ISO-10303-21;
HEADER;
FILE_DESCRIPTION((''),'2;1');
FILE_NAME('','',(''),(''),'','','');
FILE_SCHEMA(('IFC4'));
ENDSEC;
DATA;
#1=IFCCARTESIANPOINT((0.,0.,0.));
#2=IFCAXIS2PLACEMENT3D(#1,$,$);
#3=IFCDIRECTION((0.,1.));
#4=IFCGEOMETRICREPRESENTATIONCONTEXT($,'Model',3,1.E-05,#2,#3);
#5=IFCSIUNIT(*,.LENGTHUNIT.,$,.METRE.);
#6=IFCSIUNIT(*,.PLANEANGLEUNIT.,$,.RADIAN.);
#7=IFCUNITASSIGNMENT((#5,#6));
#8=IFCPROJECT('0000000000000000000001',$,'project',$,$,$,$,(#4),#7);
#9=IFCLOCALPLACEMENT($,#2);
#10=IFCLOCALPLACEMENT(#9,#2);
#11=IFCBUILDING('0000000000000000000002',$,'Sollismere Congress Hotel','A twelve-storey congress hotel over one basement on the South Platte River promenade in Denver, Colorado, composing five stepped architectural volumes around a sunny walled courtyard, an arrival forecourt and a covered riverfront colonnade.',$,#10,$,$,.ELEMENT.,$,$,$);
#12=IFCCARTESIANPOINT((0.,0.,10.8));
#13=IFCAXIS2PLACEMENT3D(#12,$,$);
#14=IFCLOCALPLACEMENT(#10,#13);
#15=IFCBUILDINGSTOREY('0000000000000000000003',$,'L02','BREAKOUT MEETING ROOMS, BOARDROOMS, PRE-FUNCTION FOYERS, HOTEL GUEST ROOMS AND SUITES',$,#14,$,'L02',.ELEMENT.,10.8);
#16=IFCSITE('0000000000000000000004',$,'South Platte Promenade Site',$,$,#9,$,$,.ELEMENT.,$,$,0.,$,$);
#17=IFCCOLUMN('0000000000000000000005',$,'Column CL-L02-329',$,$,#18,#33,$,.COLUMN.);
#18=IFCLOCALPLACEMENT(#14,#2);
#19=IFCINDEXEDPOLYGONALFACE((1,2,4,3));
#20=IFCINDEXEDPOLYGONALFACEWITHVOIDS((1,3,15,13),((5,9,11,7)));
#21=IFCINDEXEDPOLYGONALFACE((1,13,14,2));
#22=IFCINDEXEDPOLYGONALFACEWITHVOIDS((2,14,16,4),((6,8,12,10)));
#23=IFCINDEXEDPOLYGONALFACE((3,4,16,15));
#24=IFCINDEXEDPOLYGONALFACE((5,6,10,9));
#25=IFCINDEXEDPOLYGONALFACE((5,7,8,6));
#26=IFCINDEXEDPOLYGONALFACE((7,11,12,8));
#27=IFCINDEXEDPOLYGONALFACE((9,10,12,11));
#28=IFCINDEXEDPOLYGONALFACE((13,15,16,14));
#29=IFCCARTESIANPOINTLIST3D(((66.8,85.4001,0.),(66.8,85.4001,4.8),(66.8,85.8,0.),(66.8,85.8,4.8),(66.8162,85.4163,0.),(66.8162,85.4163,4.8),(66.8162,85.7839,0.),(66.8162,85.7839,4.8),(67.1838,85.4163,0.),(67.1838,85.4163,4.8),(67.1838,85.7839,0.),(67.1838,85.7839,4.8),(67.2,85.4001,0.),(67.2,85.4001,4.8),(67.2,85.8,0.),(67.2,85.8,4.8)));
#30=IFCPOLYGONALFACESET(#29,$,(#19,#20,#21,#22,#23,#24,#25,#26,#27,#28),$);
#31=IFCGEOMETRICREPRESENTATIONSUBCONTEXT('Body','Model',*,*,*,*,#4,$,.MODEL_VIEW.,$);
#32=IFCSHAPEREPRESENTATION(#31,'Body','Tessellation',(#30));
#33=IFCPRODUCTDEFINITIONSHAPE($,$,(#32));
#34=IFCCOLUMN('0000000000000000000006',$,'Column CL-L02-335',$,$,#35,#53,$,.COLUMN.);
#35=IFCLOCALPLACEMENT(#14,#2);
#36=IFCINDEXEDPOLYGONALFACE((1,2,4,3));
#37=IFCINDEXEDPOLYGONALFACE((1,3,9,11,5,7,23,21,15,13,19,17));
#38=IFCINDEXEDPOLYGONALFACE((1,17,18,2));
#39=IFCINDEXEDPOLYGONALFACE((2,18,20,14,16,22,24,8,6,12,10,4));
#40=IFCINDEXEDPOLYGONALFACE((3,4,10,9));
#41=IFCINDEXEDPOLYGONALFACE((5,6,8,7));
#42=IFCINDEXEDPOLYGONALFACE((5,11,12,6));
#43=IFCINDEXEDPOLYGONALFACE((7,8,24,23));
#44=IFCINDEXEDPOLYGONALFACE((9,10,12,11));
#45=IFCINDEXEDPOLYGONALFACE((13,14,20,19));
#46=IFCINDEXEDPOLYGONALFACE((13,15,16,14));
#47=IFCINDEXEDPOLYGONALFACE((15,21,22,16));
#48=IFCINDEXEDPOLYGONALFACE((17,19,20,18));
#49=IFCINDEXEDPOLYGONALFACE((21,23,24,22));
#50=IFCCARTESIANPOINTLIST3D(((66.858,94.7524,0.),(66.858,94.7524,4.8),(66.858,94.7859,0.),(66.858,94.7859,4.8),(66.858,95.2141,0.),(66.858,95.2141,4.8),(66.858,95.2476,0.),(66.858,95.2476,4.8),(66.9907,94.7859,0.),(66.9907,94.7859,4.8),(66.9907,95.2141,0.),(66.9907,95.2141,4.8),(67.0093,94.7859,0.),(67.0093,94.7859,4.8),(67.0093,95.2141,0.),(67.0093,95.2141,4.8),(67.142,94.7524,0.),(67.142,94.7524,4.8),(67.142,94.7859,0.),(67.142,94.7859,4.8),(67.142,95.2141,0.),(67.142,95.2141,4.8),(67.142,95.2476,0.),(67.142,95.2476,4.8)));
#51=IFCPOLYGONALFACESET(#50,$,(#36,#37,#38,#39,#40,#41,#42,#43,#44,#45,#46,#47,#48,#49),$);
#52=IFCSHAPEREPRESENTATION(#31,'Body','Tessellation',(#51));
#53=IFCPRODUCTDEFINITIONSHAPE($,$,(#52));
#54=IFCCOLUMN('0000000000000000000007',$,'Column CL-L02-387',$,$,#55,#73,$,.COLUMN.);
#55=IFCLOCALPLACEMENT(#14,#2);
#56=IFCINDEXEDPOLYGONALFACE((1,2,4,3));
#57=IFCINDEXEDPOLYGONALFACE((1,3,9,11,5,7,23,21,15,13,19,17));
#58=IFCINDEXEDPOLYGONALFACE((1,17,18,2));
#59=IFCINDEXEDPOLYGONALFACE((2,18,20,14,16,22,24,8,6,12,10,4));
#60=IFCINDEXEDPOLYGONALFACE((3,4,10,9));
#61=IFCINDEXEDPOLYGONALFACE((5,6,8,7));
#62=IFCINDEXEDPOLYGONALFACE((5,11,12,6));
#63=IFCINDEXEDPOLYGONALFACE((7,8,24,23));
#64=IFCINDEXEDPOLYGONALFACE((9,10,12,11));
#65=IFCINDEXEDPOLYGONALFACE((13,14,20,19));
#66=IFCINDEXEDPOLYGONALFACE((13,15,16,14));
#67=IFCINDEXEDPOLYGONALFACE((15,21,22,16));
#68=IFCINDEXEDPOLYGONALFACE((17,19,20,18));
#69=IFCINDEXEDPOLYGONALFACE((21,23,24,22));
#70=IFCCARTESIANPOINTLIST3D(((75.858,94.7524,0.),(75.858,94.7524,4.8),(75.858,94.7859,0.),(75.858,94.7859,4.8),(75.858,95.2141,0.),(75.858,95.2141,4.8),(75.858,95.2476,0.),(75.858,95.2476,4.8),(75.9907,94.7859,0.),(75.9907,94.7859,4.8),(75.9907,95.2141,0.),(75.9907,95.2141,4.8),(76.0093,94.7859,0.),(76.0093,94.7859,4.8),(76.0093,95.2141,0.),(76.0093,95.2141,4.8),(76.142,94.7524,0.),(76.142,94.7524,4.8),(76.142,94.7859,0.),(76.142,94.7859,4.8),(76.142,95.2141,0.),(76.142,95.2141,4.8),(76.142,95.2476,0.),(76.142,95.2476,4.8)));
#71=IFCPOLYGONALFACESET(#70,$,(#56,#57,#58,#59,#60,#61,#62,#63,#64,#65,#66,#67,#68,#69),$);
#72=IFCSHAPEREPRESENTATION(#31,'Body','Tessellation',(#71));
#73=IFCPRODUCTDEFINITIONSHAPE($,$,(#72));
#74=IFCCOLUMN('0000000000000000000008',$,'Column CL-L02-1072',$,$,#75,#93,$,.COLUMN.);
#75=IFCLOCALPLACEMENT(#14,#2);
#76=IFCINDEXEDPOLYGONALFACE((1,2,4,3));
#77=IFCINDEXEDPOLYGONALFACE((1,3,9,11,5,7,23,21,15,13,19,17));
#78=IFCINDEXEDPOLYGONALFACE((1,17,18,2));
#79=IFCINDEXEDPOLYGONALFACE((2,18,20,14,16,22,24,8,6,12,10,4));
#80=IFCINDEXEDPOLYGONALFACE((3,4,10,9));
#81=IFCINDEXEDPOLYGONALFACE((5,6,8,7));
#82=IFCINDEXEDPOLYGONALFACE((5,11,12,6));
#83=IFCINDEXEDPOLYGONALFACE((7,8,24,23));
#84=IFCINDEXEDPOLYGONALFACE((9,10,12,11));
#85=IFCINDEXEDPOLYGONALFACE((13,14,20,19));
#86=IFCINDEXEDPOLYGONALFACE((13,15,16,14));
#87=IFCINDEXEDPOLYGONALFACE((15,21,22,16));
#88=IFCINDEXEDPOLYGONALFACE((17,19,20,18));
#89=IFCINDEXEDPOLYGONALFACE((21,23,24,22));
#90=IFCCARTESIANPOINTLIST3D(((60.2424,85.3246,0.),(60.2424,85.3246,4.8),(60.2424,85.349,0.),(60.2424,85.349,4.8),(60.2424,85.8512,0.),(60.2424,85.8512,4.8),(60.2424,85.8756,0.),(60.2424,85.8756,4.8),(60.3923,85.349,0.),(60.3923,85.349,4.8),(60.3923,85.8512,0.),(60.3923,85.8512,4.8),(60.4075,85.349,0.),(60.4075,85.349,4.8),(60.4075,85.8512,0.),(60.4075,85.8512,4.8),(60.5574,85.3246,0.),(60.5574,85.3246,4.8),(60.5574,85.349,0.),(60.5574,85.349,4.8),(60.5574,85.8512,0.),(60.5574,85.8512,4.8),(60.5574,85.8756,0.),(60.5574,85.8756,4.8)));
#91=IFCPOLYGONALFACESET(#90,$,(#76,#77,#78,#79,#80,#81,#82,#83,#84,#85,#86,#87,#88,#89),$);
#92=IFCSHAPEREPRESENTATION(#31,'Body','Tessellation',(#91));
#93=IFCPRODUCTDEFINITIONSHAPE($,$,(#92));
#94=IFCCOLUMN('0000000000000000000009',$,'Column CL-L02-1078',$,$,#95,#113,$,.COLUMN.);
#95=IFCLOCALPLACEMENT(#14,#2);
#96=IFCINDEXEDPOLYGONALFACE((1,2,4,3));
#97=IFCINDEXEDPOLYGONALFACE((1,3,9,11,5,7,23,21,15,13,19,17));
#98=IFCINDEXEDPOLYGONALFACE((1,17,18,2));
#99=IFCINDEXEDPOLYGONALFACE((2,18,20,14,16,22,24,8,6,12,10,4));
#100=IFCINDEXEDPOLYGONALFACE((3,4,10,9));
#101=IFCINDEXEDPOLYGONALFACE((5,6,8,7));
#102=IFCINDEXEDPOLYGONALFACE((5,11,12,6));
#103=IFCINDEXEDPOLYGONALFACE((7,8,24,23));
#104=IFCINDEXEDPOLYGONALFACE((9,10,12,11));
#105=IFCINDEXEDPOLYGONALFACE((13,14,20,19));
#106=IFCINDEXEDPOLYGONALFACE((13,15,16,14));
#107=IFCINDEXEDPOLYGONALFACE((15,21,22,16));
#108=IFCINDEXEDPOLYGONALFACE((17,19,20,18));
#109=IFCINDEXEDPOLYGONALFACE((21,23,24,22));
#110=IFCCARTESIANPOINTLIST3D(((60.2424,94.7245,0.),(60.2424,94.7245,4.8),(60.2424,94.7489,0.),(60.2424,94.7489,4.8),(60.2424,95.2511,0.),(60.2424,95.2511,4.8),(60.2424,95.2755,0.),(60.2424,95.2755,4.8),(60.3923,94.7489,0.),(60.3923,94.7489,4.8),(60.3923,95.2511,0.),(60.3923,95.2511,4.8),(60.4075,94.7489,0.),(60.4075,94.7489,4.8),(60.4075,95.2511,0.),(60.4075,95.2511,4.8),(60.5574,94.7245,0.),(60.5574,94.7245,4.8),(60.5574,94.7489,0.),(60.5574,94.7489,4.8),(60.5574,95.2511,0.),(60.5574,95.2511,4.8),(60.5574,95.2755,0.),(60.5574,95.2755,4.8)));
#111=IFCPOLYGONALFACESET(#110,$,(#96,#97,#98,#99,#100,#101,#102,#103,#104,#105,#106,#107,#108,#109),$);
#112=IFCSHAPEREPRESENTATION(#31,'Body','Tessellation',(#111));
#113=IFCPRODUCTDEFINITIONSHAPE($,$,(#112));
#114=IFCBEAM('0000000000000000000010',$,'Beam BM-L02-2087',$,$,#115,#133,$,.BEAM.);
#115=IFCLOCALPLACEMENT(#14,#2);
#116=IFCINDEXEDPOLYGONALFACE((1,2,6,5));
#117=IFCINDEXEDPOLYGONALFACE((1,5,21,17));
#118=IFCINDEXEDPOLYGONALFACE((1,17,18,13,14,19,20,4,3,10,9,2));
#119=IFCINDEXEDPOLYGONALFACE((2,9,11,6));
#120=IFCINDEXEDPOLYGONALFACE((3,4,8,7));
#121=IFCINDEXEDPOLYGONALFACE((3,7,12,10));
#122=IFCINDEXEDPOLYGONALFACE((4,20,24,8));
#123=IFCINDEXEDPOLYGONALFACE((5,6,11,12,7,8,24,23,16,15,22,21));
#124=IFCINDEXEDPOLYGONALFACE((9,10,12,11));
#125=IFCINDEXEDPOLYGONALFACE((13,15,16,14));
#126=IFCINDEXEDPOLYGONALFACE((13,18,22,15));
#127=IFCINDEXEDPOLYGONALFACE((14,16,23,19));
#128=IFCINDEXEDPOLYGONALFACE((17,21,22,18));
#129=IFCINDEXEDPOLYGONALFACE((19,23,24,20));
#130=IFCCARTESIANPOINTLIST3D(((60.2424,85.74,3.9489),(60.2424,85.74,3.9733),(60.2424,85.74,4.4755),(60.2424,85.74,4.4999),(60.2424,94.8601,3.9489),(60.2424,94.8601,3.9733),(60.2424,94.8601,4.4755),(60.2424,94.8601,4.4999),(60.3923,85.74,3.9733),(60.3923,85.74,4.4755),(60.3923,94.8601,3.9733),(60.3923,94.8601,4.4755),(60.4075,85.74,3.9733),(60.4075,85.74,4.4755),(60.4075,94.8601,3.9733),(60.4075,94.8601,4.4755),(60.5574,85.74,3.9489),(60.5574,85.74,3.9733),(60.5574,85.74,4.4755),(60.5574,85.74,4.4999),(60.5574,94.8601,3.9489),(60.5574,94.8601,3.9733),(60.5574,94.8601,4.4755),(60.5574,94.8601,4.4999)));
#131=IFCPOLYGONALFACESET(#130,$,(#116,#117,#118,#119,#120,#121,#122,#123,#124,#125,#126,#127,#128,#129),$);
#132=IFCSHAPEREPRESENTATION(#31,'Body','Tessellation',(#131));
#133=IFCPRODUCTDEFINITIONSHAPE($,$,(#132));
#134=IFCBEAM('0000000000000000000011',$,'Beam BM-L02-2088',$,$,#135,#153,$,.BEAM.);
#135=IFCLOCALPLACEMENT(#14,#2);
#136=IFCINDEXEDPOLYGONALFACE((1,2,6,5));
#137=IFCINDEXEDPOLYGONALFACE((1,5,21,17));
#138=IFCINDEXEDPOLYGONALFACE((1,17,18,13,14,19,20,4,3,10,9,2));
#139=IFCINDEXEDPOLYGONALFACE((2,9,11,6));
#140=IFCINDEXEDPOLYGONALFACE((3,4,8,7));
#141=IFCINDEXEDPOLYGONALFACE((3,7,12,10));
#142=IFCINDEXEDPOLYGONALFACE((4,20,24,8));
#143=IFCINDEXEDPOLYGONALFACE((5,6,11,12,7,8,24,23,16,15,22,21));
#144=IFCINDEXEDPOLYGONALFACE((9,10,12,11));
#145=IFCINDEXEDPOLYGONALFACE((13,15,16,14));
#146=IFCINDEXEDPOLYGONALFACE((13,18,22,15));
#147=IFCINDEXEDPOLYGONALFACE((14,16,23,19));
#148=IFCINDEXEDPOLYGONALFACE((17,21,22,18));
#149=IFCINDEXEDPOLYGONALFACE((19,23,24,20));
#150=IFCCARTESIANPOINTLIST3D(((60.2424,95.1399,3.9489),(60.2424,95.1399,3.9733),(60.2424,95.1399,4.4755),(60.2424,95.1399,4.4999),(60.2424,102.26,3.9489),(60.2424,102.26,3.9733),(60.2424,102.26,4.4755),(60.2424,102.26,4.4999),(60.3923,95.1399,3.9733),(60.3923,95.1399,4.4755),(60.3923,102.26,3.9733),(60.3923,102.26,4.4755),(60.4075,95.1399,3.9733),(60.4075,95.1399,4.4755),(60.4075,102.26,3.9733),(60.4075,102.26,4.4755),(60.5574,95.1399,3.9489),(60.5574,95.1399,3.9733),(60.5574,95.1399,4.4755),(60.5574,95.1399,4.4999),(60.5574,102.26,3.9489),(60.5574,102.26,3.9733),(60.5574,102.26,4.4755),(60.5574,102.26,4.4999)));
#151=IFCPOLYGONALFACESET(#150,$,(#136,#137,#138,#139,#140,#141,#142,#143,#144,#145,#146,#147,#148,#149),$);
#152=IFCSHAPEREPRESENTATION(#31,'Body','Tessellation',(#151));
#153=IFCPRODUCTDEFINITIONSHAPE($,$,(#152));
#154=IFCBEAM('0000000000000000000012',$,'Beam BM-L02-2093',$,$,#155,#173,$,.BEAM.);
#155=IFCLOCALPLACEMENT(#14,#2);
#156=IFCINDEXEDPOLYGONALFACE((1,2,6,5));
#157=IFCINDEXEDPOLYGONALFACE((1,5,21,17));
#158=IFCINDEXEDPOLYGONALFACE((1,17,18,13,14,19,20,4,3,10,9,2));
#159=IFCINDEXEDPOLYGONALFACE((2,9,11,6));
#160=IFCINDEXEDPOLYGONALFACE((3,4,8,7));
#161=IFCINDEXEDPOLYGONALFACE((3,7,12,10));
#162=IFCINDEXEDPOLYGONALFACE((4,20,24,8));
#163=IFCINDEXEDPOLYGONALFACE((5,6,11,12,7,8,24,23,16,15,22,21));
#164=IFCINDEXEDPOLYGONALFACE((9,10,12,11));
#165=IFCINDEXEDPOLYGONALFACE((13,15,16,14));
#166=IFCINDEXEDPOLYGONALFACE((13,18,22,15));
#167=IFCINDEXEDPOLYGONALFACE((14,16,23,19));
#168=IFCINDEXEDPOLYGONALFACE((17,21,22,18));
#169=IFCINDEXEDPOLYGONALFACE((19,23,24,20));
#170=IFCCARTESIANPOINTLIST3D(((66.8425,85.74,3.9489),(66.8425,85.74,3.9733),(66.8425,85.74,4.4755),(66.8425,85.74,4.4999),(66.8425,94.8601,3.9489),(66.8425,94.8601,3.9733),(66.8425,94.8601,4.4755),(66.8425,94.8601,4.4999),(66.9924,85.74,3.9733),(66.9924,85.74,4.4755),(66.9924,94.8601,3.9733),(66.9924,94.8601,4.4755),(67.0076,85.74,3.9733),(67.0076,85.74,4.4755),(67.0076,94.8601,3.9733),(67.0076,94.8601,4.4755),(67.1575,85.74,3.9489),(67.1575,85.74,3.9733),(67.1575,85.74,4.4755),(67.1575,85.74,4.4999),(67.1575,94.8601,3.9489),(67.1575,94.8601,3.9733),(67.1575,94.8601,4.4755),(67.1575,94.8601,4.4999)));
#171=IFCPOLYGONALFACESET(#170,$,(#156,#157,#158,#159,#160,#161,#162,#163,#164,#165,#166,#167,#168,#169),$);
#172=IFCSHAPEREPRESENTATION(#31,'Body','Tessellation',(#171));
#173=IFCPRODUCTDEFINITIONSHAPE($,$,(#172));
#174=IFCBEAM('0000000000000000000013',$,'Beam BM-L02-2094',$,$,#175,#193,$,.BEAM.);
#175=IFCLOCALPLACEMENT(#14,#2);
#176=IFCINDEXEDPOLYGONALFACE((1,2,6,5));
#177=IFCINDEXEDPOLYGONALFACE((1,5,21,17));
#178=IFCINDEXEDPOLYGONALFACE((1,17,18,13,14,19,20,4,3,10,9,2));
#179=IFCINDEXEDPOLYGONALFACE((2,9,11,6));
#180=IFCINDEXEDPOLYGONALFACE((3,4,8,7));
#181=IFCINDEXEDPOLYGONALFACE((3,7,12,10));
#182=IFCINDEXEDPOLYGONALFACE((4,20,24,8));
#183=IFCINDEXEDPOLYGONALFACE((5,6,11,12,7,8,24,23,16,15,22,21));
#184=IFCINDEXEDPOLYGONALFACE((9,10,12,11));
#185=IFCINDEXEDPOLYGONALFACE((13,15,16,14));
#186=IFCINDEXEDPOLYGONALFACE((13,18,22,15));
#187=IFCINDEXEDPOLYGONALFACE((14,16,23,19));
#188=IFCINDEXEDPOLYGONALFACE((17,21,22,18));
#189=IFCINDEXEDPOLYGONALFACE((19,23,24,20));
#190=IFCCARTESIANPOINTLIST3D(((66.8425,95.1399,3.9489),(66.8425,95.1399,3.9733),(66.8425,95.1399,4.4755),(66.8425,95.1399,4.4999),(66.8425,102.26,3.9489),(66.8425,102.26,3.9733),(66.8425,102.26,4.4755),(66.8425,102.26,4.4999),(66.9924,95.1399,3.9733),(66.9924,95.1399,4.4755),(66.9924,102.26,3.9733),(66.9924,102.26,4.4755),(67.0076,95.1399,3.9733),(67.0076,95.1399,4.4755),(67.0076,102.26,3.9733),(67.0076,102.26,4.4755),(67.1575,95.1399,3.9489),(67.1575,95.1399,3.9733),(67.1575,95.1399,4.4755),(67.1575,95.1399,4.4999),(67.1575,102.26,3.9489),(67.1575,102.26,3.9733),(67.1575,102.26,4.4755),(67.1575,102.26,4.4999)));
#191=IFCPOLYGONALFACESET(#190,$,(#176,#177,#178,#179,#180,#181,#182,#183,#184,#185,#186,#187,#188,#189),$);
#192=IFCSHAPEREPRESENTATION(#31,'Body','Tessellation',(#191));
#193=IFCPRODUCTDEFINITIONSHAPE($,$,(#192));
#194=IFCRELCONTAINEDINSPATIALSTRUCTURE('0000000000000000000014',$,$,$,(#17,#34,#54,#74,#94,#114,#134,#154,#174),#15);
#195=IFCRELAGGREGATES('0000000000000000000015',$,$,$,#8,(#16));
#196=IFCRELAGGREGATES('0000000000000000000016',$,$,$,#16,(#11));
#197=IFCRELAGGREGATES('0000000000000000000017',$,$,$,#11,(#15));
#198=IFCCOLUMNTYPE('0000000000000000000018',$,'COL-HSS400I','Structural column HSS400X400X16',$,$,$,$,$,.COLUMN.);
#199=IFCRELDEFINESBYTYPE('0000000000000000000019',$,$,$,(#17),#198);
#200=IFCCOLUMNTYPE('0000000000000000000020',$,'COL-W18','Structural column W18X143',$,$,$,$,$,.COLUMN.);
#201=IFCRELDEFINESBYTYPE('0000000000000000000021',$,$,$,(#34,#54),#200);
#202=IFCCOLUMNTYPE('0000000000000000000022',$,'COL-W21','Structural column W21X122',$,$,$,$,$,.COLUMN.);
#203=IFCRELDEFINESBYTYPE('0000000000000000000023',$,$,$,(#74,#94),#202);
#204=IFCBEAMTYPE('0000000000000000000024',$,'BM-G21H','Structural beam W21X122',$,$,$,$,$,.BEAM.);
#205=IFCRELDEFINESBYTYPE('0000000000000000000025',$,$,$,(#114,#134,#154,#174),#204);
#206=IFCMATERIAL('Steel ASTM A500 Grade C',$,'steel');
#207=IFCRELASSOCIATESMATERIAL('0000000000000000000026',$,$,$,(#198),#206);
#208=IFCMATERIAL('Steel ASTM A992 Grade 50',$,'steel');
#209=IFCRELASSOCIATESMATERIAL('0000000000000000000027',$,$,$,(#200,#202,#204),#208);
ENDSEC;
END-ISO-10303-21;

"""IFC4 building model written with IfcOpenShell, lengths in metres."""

from ifc_helpers import new_model, si_unit, direction, frame, origin, origin_2d, place, context, subcontext, project, spatial, hollow_rectangle, i_section, extrude, material, material_profile, profile_set, type_object, element, save


model = new_model("IFC4")

# Units and contexts
model_context = context("Model", 3, precision=1e-05, world=origin(), true_north=direction((0.0, 1.0)))
body_context = subcontext(model_context, "Body", "Model", "MODEL_VIEW")
ifc_project = project(units=[si_unit("LENGTHUNIT", "METRE"), si_unit("PLANEANGLEUNIT", "RADIAN")], contexts=[model_context])

# Site, building, storey
site_placement = place(None, origin())
site = spatial("IfcSite", under=ifc_project, at=site_placement, Name="South Platte Promenade Site", CompositionType="ELEMENT", RefElevation=0.0)
building_placement = place(site_placement, origin())
building = spatial("IfcBuilding", under=site, at=building_placement, Name="Sollismere Congress Hotel", Description="A twelve-storey congress hotel over one basement on the South Platte River promenade in Denver, Colorado, composing five stepped architectural volumes around a sunny walled courtyard, an arrival forecourt and a covered riverfront colonnade.", CompositionType="ELEMENT")
storey_placement = place(building_placement, frame((0.0, 0.0, 10.8)))
storey = spatial("IfcBuildingStorey", under=building, at=storey_placement, Name="L02", Description="BREAKOUT MEETING ROOMS, BOARDROOMS, PRE-FUNCTION FOYERS, HOTEL GUEST ROOMS AND SUITES", LongName="L02", CompositionType="ELEMENT", Elevation=10.8)

# Columns
ifc_material_1 = material(Name="Steel ASTM A500 Grade C", Category="steel")
ifc_material_profile_1 = material_profile(ifc_material_1, hollow_rectangle(XDim=0.3999, YDim=0.3999, WallThickness=0.0161, at=origin_2d()), Name="HSS400X400X16")
ifc_profile_set_1 = profile_set([ifc_material_profile_1], Name="Steel ASTM A500 Grade C")
column_type_1 = type_object("IfcColumnType", Name="COL-HSS400I", Description="Structural column HSS400X400X16", PredefinedType="COLUMN", material=ifc_profile_set_1)
column_placement = place(storey_placement, frame((67.0, 85.6001, 0.0), z_axis=(0.0, 0.0, 1.0), x_axis=(1.0, 0.0, 0.0)))
element("IfcColumn", 1, at=column_placement, inside=storey, type_object=column_type_1, Name="Column CL-L02-329", PredefinedType="COLUMN", context=body_context, shape_type="SweptSolid", body=[
    extrude(hollow_rectangle(XDim=0.3999, YDim=0.3999, WallThickness=0.0161, at=origin_2d()), origin(), (0.0, 0.0, 1.0), 4.8),
])
ifc_material_2 = material(Name="Steel ASTM A992 Grade 50", Category="steel")
ifc_material_profile_2 = material_profile(ifc_material_2, i_section(OverallWidth=0.2839, OverallDepth=0.4951, WebThickness=0.0186, FlangeThickness=0.0334, at=origin_2d()), Name="W18X143")
ifc_profile_set_2 = profile_set([ifc_material_profile_2], Name="Steel ASTM A992 Grade 50")
column_type_2 = type_object("IfcColumnType", Name="COL-W18", Description="Structural column W18X143", PredefinedType="COLUMN", material=ifc_profile_set_2)
for number, where, z_axis, x_axis, name in (
    (2, (67.0, 95.0, 0.0), (0.0, 0.0, 1.0), (1.0, 0.0, 0.0), "Column CL-L02-335"),
    (3, (76.0, 95.0, 0.0), (0.0, 0.0, 1.0), (1.0, 0.0, 0.0), "Column CL-L02-387"),
):
    element("IfcColumn", number, at=place(storey_placement, frame(where, z_axis=z_axis, x_axis=x_axis)), inside=storey, type_object=column_type_2, Name=name, PredefinedType="COLUMN", context=body_context, shape_type="SweptSolid", body=[
        extrude(i_section(OverallWidth=0.2839, OverallDepth=0.4951, WebThickness=0.0186, FlangeThickness=0.0334, at=origin_2d()), origin(), (0.0, 0.0, 1.0), 4.8),
    ])
ifc_material_profile_3 = material_profile(ifc_material_2, i_section(OverallWidth=0.3149, OverallDepth=0.551, WebThickness=0.0151, FlangeThickness=0.0244, at=origin_2d()), Name="W21X122")
ifc_profile_set_3 = profile_set([ifc_material_profile_3], Name="Steel ASTM A992 Grade 50")
column_type_3 = type_object("IfcColumnType", Name="COL-W21", Description="Structural column W21X122", PredefinedType="COLUMN", material=ifc_profile_set_3)
for number, where, z_axis, x_axis, name in (
    (4, (60.3999, 85.6001, 0.0), (0.0, 0.0, 1.0), (1.0, 0.0, 0.0), "Column CL-L02-1072"),
    (5, (60.3999, 95.0, 0.0), (0.0, 0.0, 1.0), (1.0, 0.0, 0.0), "Column CL-L02-1078"),
):
    element("IfcColumn", number, at=place(storey_placement, frame(where, z_axis=z_axis, x_axis=x_axis)), inside=storey, type_object=column_type_3, Name=name, PredefinedType="COLUMN", context=body_context, shape_type="SweptSolid", body=[
        extrude(i_section(OverallWidth=0.3149, OverallDepth=0.551, WebThickness=0.0151, FlangeThickness=0.0244, at=origin_2d()), origin(), (0.0, 0.0, 1.0), 4.8),
    ])

# Beams
ifc_material_profile_4 = material_profile(ifc_material_2, i_section(OverallWidth=0.3149, OverallDepth=0.551, WebThickness=0.0151, FlangeThickness=0.0244, at=origin_2d()), Name="W21X122")
ifc_profile_set_4 = profile_set([ifc_material_profile_4], Name="Steel ASTM A992 Grade 50")
beam_type_1 = type_object("IfcBeamType", Name="BM-G21H", Description="Structural beam W21X122", PredefinedType="BEAM", material=ifc_profile_set_4)
beam_1_placement = place(storey_placement, frame((60.3999, 85.74, 4.2244), z_axis=(0.0, 1.0, 0.0), x_axis=(-1.0, 0.0, 0.0)))
element("IfcBeam", 6, at=beam_1_placement, inside=storey, type_object=beam_type_1, Name="Beam BM-L02-2087", PredefinedType="BEAM", context=body_context, shape_type="SweptSolid", body=[
    extrude(i_section(OverallWidth=0.3149, OverallDepth=0.551, WebThickness=0.0151, FlangeThickness=0.0244, at=origin_2d()), origin(), (0.0, 0.0, 1.0), 9.1201),
])
beam_2_placement = place(storey_placement, frame((60.3999, 95.1399, 4.2244), z_axis=(0.0, 1.0, 0.0), x_axis=(-1.0, 0.0, 0.0)))
element("IfcBeam", 7, at=beam_2_placement, inside=storey, type_object=beam_type_1, Name="Beam BM-L02-2088", PredefinedType="BEAM", context=body_context, shape_type="SweptSolid", body=[
    extrude(i_section(OverallWidth=0.3149, OverallDepth=0.551, WebThickness=0.0151, FlangeThickness=0.0244, at=origin_2d()), origin(), (0.0, 0.0, 1.0), 7.1201),
])
beam_3_placement = place(storey_placement, frame((67.0, 85.74, 4.2244), z_axis=(0.0, 1.0, 0.0), x_axis=(-1.0, 0.0, 0.0)))
element("IfcBeam", 8, at=beam_3_placement, inside=storey, type_object=beam_type_1, Name="Beam BM-L02-2093", PredefinedType="BEAM", context=body_context, shape_type="SweptSolid", body=[
    extrude(i_section(OverallWidth=0.3149, OverallDepth=0.551, WebThickness=0.0151, FlangeThickness=0.0244, at=origin_2d()), origin(), (0.0, 0.0, 1.0), 9.1201),
])
for number, where, z_axis, x_axis, name in (
    (9, (67.0, 95.1399, 4.2244), (0.0, 1.0, 0.0), (-1.0, 0.0, 0.0), "Beam BM-L02-2094"),
):
    element("IfcBeam", number, at=place(storey_placement, frame(where, z_axis=z_axis, x_axis=x_axis)), inside=storey, type_object=beam_type_1, Name=name, PredefinedType="BEAM", context=body_context, shape_type="SweptSolid", body=[
        extrude(i_section(OverallWidth=0.3149, OverallDepth=0.551, WebThickness=0.0151, FlangeThickness=0.0244, at=origin_2d()), origin(), (0.0, 0.0, 1.0), 7.1201),
    ])

save(model, "model.ifc")
